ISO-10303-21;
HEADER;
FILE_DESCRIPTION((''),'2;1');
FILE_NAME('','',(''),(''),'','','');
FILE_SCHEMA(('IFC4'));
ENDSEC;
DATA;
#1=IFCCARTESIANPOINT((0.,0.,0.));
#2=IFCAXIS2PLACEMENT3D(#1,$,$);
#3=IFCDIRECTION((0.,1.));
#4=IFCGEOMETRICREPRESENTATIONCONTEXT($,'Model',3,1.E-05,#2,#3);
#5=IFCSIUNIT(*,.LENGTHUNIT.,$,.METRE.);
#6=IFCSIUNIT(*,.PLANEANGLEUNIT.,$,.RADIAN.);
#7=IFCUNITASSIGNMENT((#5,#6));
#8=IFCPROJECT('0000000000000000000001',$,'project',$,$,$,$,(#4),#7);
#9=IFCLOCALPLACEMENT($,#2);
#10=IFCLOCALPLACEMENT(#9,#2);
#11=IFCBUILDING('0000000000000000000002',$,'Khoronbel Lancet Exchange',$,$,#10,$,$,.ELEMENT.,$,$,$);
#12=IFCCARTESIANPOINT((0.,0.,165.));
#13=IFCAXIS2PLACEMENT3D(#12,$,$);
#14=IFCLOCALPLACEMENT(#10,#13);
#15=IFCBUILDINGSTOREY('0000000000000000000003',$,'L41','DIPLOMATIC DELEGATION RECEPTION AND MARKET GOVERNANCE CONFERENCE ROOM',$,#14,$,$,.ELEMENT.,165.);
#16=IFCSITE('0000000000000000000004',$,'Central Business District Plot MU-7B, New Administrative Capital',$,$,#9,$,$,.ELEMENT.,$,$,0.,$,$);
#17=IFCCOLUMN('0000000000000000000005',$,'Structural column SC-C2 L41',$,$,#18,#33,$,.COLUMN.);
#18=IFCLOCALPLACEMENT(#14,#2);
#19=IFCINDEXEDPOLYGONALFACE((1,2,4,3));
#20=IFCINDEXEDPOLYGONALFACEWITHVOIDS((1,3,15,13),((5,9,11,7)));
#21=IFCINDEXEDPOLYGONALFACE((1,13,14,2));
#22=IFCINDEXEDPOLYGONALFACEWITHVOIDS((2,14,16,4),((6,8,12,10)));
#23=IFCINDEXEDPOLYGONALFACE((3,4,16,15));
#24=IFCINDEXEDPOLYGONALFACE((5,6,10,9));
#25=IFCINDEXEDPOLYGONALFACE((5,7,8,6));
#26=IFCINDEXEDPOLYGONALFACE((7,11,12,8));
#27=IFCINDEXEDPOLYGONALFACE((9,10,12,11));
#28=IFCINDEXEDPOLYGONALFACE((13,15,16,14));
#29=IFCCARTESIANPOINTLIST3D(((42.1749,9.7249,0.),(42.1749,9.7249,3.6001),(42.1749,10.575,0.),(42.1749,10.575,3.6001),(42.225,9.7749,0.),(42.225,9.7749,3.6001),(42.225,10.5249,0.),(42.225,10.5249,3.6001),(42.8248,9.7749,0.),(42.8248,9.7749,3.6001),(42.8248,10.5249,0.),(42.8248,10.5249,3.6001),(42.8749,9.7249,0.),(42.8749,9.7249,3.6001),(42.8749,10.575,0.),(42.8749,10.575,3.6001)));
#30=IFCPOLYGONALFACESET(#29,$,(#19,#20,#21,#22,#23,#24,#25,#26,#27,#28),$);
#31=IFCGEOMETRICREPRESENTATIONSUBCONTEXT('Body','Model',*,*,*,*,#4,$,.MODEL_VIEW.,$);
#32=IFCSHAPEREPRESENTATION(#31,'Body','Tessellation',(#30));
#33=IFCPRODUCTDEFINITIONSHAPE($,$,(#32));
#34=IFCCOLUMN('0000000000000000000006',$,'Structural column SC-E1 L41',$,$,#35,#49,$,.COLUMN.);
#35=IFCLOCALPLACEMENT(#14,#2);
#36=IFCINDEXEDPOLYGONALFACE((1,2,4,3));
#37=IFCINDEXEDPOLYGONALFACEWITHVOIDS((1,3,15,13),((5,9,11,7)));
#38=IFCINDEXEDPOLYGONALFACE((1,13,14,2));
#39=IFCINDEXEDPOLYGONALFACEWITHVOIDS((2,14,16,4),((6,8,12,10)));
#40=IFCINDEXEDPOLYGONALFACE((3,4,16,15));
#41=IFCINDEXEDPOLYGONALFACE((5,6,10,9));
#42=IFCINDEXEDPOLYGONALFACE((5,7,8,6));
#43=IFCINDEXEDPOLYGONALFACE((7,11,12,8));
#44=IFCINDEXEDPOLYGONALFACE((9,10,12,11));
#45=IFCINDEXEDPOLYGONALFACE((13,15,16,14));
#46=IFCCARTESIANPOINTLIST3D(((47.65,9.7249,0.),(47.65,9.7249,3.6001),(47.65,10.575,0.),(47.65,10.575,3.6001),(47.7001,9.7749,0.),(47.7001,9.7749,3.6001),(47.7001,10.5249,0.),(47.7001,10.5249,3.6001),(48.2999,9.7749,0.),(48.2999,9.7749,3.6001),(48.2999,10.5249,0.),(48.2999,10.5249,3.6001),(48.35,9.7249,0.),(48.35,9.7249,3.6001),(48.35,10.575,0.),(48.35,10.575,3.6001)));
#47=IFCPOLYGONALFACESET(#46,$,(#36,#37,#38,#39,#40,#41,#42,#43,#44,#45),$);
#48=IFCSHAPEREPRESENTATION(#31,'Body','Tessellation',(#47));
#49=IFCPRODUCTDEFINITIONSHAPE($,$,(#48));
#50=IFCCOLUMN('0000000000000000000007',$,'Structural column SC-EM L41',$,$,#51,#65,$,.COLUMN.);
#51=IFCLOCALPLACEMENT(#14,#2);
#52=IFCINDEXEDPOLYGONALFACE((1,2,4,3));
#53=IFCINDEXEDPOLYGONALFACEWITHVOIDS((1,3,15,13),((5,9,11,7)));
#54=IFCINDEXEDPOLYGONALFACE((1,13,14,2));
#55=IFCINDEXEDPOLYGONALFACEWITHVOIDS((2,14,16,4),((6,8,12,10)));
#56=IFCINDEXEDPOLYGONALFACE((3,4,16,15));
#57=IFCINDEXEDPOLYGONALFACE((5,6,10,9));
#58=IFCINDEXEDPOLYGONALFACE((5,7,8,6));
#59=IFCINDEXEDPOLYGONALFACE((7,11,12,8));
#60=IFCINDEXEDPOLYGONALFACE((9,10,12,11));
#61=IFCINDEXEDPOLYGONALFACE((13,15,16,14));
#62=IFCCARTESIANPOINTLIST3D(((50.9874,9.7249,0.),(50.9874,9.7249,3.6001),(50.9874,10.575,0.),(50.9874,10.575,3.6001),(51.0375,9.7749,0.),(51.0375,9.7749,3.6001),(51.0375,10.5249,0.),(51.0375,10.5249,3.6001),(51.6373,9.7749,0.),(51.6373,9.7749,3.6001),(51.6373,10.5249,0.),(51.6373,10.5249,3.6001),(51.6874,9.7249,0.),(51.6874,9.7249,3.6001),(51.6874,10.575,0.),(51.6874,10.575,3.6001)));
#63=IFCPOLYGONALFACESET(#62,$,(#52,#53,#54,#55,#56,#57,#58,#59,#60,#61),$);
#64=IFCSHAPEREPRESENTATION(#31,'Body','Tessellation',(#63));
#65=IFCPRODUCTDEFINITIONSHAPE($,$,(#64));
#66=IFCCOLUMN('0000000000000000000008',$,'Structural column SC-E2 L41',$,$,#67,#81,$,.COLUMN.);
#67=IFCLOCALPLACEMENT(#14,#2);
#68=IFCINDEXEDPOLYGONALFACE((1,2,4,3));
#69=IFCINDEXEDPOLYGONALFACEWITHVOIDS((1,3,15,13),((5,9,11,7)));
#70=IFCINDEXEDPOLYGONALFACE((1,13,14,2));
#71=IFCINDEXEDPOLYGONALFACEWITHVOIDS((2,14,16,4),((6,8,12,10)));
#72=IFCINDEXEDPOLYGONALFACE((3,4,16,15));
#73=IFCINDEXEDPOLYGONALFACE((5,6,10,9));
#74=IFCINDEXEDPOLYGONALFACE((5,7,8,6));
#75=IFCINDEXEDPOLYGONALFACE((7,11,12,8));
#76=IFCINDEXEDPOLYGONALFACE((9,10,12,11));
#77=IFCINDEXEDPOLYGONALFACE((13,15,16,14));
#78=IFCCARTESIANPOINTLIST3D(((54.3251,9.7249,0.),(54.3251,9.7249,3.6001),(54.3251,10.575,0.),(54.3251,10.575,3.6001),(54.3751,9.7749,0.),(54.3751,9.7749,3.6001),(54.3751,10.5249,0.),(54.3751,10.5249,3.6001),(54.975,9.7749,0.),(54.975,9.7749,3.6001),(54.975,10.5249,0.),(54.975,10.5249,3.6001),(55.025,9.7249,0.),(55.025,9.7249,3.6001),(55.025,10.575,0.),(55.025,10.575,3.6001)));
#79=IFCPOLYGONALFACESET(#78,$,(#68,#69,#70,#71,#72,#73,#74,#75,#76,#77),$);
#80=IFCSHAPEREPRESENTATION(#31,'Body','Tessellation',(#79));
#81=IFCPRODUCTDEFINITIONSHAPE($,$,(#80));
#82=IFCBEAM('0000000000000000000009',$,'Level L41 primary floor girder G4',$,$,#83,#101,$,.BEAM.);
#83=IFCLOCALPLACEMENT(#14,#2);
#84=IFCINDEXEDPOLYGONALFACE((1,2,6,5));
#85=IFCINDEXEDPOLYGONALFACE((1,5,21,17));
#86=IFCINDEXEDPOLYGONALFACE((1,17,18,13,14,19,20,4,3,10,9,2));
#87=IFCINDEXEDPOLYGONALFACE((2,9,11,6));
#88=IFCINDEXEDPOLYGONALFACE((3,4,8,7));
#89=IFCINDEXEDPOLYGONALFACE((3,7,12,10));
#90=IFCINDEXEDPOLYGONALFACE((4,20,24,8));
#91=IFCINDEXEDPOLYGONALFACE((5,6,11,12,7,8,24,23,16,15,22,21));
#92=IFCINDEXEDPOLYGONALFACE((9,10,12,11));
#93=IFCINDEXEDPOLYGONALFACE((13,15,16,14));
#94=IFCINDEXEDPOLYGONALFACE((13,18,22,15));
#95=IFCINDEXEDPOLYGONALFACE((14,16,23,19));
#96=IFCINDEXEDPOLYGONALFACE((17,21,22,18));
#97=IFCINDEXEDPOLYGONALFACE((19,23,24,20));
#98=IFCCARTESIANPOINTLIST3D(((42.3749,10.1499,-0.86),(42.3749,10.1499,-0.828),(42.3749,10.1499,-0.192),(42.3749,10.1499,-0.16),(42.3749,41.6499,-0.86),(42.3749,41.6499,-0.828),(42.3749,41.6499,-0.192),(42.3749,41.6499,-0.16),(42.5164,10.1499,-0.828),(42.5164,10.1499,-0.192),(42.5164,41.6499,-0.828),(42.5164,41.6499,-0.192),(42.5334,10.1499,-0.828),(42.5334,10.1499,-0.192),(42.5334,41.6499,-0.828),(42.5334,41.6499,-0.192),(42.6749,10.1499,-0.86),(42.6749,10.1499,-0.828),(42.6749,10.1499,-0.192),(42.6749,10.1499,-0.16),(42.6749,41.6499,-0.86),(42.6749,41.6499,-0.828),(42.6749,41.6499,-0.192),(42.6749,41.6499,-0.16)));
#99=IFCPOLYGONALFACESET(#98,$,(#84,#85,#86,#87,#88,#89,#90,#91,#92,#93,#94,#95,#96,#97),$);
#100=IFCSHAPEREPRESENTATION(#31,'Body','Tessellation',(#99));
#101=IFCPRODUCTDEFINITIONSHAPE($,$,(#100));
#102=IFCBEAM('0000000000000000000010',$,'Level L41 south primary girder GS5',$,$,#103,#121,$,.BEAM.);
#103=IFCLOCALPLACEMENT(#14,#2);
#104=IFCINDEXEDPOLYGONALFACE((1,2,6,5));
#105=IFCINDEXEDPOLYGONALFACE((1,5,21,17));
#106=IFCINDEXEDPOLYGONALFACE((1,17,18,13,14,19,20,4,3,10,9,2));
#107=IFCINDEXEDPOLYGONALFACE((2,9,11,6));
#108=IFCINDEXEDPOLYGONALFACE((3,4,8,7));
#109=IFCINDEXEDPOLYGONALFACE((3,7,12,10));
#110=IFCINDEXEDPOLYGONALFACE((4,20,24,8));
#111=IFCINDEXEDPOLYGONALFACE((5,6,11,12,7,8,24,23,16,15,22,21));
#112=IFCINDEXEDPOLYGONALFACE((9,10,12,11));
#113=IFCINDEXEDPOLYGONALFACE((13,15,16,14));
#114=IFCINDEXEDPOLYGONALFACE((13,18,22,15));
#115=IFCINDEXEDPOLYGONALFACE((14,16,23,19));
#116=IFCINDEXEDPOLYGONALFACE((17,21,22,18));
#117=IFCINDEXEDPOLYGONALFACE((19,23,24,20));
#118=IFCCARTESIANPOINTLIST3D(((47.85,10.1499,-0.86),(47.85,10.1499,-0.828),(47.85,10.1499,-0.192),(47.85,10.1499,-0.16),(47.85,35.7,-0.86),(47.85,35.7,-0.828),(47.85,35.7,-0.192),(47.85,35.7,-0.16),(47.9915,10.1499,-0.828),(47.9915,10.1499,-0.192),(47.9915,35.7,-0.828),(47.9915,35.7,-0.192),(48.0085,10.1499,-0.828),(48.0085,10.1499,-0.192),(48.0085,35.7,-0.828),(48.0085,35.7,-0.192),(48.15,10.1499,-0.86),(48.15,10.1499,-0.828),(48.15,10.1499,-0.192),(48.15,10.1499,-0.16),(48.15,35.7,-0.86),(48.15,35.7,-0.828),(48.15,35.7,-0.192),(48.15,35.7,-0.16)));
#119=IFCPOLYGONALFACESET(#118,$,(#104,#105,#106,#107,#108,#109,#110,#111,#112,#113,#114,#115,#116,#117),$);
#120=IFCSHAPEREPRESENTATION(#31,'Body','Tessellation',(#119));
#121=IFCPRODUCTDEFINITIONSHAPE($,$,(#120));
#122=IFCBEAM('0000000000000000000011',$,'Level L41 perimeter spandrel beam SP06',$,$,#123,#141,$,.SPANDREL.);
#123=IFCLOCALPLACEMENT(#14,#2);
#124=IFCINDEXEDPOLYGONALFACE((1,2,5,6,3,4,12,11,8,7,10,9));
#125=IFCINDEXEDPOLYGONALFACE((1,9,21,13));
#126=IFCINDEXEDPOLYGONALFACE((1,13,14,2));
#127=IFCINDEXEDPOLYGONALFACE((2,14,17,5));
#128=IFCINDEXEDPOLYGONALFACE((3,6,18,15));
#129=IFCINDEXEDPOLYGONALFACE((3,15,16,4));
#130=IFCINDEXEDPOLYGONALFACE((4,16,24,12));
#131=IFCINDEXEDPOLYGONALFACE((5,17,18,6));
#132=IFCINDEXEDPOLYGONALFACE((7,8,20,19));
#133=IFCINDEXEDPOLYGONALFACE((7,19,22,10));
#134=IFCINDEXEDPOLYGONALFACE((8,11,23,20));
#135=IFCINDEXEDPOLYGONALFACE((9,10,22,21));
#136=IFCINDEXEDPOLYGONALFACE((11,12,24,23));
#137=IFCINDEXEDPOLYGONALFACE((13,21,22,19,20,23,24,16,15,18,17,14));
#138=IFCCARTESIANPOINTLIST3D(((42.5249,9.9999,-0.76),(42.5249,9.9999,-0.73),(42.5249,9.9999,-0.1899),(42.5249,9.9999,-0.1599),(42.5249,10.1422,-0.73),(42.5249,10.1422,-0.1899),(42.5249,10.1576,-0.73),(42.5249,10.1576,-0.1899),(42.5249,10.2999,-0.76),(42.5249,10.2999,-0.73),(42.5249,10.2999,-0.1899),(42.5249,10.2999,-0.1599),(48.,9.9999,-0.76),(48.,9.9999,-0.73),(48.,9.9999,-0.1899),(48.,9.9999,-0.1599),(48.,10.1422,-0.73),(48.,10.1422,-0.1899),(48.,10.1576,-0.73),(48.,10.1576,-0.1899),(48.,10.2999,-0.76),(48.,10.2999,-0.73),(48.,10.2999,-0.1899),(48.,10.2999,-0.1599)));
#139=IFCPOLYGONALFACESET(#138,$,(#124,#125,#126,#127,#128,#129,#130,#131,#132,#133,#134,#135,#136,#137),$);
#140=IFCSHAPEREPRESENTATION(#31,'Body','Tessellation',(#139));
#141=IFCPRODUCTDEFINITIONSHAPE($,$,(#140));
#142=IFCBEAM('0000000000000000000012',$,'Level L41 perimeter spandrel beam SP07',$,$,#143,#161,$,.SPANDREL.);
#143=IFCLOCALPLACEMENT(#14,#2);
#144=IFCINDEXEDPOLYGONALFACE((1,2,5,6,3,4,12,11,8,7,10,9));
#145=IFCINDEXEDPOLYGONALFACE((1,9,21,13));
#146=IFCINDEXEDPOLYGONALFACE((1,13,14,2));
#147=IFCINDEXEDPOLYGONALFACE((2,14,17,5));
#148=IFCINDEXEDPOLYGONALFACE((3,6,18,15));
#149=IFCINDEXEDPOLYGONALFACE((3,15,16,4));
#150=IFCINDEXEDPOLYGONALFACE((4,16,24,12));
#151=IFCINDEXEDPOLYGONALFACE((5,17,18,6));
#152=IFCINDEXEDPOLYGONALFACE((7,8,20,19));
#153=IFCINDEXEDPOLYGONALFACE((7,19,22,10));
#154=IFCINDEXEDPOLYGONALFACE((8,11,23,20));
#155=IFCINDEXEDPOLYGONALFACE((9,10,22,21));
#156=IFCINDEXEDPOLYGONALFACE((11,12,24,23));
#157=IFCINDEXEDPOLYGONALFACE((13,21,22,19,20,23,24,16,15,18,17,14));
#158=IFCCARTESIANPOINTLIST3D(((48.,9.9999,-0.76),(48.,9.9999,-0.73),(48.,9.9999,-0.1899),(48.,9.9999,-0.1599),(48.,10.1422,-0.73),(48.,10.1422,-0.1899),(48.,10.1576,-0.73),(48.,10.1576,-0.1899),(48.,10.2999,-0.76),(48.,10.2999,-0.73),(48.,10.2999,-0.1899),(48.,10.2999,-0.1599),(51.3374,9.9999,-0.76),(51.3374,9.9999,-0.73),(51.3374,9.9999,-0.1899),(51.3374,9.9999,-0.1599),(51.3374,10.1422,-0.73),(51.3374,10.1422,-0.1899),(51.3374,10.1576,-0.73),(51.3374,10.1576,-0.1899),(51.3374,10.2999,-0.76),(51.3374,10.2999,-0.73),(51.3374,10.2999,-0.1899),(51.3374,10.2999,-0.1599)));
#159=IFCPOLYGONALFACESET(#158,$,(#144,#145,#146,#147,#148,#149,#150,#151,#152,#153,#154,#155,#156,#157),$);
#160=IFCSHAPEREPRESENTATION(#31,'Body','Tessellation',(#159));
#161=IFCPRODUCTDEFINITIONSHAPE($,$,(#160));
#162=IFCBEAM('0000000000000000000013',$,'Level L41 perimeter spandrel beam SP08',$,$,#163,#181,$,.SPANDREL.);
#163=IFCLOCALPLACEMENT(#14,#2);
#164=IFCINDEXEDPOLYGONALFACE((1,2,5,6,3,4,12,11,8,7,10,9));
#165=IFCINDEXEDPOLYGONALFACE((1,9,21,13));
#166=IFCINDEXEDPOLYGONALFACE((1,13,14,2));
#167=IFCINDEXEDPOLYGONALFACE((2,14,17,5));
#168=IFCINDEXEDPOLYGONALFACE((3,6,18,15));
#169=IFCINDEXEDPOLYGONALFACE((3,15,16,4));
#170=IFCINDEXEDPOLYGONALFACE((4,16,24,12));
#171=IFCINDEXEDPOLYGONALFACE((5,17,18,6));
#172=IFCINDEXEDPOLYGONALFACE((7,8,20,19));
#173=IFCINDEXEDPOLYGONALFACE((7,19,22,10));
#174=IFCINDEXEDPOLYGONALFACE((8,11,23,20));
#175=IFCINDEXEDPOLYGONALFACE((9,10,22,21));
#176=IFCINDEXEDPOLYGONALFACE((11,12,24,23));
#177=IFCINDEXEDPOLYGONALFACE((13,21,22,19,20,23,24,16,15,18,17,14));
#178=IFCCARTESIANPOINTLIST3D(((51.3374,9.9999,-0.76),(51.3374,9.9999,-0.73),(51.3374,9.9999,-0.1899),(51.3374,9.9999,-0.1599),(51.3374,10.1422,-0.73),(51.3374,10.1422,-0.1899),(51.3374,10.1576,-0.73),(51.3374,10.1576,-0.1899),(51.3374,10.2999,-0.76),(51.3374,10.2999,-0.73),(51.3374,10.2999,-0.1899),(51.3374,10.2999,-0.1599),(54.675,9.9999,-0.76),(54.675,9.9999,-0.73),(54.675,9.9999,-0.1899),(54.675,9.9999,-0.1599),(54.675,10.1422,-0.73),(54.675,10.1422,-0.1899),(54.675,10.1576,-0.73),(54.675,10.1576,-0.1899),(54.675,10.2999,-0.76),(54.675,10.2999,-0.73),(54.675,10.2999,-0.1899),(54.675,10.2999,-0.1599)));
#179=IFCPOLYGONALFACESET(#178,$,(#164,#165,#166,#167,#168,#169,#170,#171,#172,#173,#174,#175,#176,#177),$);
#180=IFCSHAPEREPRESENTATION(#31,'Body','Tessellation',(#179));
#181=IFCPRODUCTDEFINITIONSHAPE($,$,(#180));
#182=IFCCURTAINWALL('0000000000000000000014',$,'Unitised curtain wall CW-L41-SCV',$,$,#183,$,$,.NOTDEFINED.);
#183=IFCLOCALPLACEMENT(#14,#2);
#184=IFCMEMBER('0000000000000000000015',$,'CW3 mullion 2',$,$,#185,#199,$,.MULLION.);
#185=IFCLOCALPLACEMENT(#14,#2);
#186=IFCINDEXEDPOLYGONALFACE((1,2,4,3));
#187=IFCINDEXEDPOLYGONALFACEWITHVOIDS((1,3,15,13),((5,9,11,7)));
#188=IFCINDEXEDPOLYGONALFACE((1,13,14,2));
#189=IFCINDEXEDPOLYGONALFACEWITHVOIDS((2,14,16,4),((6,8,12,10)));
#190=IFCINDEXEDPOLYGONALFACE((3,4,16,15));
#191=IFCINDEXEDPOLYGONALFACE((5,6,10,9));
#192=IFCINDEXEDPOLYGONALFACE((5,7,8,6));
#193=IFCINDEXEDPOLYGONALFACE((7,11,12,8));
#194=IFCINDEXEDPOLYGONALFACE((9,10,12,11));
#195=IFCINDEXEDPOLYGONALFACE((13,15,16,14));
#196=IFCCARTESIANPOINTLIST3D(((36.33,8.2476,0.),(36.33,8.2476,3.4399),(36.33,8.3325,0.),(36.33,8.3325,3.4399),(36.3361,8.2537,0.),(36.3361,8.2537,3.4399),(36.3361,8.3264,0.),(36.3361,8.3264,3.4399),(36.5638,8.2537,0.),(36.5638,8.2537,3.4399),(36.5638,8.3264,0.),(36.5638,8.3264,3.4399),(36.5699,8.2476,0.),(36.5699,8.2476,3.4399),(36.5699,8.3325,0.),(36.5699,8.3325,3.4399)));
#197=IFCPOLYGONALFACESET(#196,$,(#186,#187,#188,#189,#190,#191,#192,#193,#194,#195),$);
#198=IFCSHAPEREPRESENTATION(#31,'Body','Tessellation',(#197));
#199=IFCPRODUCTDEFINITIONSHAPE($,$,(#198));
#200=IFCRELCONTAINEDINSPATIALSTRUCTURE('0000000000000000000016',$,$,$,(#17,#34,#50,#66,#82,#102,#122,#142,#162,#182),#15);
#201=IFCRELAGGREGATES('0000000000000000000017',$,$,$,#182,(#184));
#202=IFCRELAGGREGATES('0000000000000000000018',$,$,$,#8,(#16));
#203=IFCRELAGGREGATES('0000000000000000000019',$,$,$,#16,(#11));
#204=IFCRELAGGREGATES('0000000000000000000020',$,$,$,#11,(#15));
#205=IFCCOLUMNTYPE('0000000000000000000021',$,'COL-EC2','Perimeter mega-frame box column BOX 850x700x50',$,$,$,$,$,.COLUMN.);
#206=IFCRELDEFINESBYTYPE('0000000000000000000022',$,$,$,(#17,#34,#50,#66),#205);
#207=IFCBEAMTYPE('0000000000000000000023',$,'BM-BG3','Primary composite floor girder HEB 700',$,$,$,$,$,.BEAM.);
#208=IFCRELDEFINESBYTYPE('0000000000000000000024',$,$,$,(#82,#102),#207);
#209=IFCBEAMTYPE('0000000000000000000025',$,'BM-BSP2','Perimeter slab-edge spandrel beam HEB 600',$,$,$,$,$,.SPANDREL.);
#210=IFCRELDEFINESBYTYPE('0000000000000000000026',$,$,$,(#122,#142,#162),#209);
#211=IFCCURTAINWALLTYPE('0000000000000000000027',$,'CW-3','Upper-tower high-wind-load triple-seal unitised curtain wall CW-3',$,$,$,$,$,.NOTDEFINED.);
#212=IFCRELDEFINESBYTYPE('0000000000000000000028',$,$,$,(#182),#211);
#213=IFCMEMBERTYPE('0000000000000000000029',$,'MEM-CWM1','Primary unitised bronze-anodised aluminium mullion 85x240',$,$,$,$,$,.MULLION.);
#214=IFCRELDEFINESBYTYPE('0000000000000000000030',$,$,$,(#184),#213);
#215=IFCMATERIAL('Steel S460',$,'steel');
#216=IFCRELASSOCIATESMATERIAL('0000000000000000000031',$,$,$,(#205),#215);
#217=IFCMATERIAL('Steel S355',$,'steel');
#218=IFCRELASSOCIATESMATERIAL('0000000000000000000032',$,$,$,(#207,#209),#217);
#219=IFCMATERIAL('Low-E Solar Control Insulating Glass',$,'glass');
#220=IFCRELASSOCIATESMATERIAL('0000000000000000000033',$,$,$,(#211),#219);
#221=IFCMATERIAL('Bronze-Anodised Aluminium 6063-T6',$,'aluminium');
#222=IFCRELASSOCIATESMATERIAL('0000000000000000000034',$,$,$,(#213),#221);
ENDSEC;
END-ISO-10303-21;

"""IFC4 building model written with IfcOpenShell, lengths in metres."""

from ifc_helpers import new_model, si_unit, direction, frame, origin, origin_2d, place, context, subcontext, project, spatial, hollow_rectangle, i_section, extrude, material, material_profile, profile_set, type_object, element, aggregate, save


model = new_model("IFC4")

# Units and contexts
model_context = context("Model", 3, precision=1e-05, world=origin(), true_north=direction((0.0, 1.0)))
body_context = subcontext(model_context, "Body", "Model", "MODEL_VIEW")
ifc_project = project(units=[si_unit("LENGTHUNIT", "METRE"), si_unit("PLANEANGLEUNIT", "RADIAN")], contexts=[model_context])

# Site, building, storey
site_placement = place(None, origin())
site = spatial("IfcSite", under=ifc_project, at=site_placement, Name="Central Business District Plot MU-7B, New Administrative Capital", CompositionType="ELEMENT", RefElevation=0.0)
building_placement = place(site_placement, origin())
building = spatial("IfcBuilding", under=site, at=building_placement, Name="Khoronbel Lancet Exchange", CompositionType="ELEMENT")
storey_placement = place(building_placement, frame((0.0, 0.0, 165.0)))
storey = spatial("IfcBuildingStorey", under=building, at=storey_placement, Name="L41", Description="DIPLOMATIC DELEGATION RECEPTION AND MARKET GOVERNANCE CONFERENCE ROOM", CompositionType="ELEMENT", Elevation=165.0)

# Columns
ifc_material_1 = material(Name="Steel S460", Category="steel")
ifc_material_profile_1 = material_profile(ifc_material_1, hollow_rectangle(XDim=0.7, YDim=0.8501, WallThickness=0.05, at=origin_2d()), Name="BOX 850x700x50")
ifc_profile_set_1 = profile_set([ifc_material_profile_1], Name="Steel S460")
column_type = type_object("IfcColumnType", Name="COL-EC2", Description="Perimeter mega-frame box column BOX 850x700x50", PredefinedType="COLUMN", material=ifc_profile_set_1)
for number, where, z_axis, x_axis, name in (
    (1, (42.5249, 10.1499, 0.0), (0.0, 0.0, 1.0), (1.0, 0.0, 0.0), "Structural column SC-C2 L41"),
    (2, (48.0, 10.1499, 0.0), (0.0, 0.0, 1.0), (1.0, 0.0, 0.0), "Structural column SC-E1 L41"),
    (3, (51.3374, 10.1499, 0.0), (0.0, 0.0, 1.0), (1.0, 0.0, 0.0), "Structural column SC-EM L41"),
    (4, (54.675, 10.1499, 0.0), (0.0, 0.0, 1.0), (1.0, 0.0, 0.0), "Structural column SC-E2 L41"),
):
    element("IfcColumn", number, at=place(storey_placement, frame(where, z_axis=z_axis, x_axis=x_axis)), inside=storey, type_object=column_type, Name=name, PredefinedType="COLUMN", context=body_context, shape_type="SweptSolid", body=[
        extrude(hollow_rectangle(XDim=0.7, YDim=0.8501, WallThickness=0.05, at=origin_2d()), origin(), (0.0, 0.0, 1.0), 3.6001),
    ])

# Beams
ifc_material_2 = material(Name="Steel S355", Category="steel")
ifc_material_profile_2 = material_profile(ifc_material_2, i_section(OverallWidth=0.3, OverallDepth=0.7, WebThickness=0.0171, FlangeThickness=0.032, at=origin_2d()), Name="HEB 700")
ifc_profile_set_2 = profile_set([ifc_material_profile_2], Name="Steel S355")
beam_type_1 = type_object("IfcBeamType", Name="BM-BG3", Description="Primary composite floor girder HEB 700", PredefinedType="BEAM", material=ifc_profile_set_2)
beam_1_placement = place(storey_placement, frame((42.5249, 10.1499, -0.51), z_axis=(0.0, 1.0, 0.0), x_axis=(-1.0, 0.0, 0.0)))
element("IfcBeam", 5, at=beam_1_placement, inside=storey, type_object=beam_type_1, Name="Level L41 primary floor girder G4", PredefinedType="BEAM", context=body_context, shape_type="SweptSolid", body=[
    extrude(i_section(OverallWidth=0.3, OverallDepth=0.7, WebThickness=0.0171, FlangeThickness=0.032, at=origin_2d()), origin(), (0.0, 0.0, 1.0), 31.5),
])
beam_2_placement = place(storey_placement, frame((48.0, 10.1499, -0.51), z_axis=(0.0, 1.0, 0.0), x_axis=(-1.0, 0.0, 0.0)))
element("IfcBeam", 6, at=beam_2_placement, inside=storey, type_object=beam_type_1, Name="Level L41 south primary girder GS5", PredefinedType="BEAM", context=body_context, shape_type="SweptSolid", body=[
    extrude(i_section(OverallWidth=0.3, OverallDepth=0.7, WebThickness=0.0171, FlangeThickness=0.032, at=origin_2d()), origin(), (0.0, 0.0, 1.0), 25.55),
])
ifc_material_profile_3 = material_profile(ifc_material_2, i_section(OverallWidth=0.3, OverallDepth=0.6001, WebThickness=0.0154, FlangeThickness=0.03, at=origin_2d()), Name="HEB 600")
ifc_profile_set_3 = profile_set([ifc_material_profile_3], Name="Steel S355")
beam_type_2 = type_object("IfcBeamType", Name="BM-BSP2", Description="Perimeter slab-edge spandrel beam HEB 600", PredefinedType="SPANDREL", material=ifc_profile_set_3)
beam_3_placement = place(storey_placement, frame((42.5249, 10.1499, -0.46), z_axis=(1.0, 0.0, 0.0), x_axis=(0.0, 1.0, 0.0)))
element("IfcBeam", 7, at=beam_3_placement, inside=storey, type_object=beam_type_2, Name="Level L41 perimeter spandrel beam SP06", PredefinedType="SPANDREL", context=body_context, shape_type="SweptSolid", body=[
    extrude(i_section(OverallWidth=0.3, OverallDepth=0.6001, WebThickness=0.0154, FlangeThickness=0.03, at=origin_2d()), origin(), (0.0, 0.0, 1.0), 5.4751),
])
beam_4_placement = place(storey_placement, frame((48.0, 10.1499, -0.46), z_axis=(1.0, 0.0, 0.0), x_axis=(0.0, 1.0, 0.0)))
element("IfcBeam", 8, at=beam_4_placement, inside=storey, type_object=beam_type_2, Name="Level L41 perimeter spandrel beam SP07", PredefinedType="SPANDREL", context=body_context, shape_type="SweptSolid", body=[
    extrude(i_section(OverallWidth=0.3, OverallDepth=0.6001, WebThickness=0.0154, FlangeThickness=0.03, at=origin_2d()), origin(), (0.0, 0.0, 1.0), 3.3374),
])
beam_5_placement = place(storey_placement, frame((51.3374, 10.1499, -0.46), z_axis=(1.0, 0.0, 0.0), x_axis=(0.0, 1.0, 0.0)))
element("IfcBeam", 9, at=beam_5_placement, inside=storey, type_object=beam_type_2, Name="Level L41 perimeter spandrel beam SP08", PredefinedType="SPANDREL", context=body_context, shape_type="SweptSolid", body=[
    extrude(i_section(OverallWidth=0.3, OverallDepth=0.6001, WebThickness=0.0154, FlangeThickness=0.03, at=origin_2d()), origin(), (0.0, 0.0, 1.0), 3.3376),
])

# Curtain wall, member
ifc_material_3 = material(Name="Low-E Solar Control Insulating Glass", Category="glass")
curtain_wall_type = type_object("IfcCurtainWallType", Name="CW-3", Description="Upper-tower high-wind-load triple-seal unitised curtain wall CW-3", PredefinedType="NOTDEFINED", material=ifc_material_3)
curtain_wall_1_placement = place(storey_placement, origin())
curtain_wall_1 = element("IfcCurtainWall", 10, at=curtain_wall_1_placement, inside=storey, type_object=curtain_wall_type, Name="Unitised curtain wall CW-L41-SCV", PredefinedType="NOTDEFINED")
ifc_material_4 = material(Name="Bronze-Anodised Aluminium 6063-T6", Category="aluminium")
ifc_material_profile_4 = material_profile(ifc_material_4, hollow_rectangle(XDim=0.085, YDim=0.24, WallThickness=0.0061, at=origin_2d()), Name="ALU MULLION 85x240")
ifc_profile_set_4 = profile_set([ifc_material_profile_4], Name="Bronze-Anodised Aluminium 6063-T6")
member_type_1 = type_object("IfcMemberType", Name="MEM-CWM1", Description="Primary unitised bronze-anodised aluminium mullion 85x240", PredefinedType="MULLION", material=ifc_profile_set_4)
member_1_placement = place(storey_placement, frame((36.45, 8.29, 0.0), z_axis=(0.0, 0.0, 1.0), x_axis=(0.0, 1.0, 0.0)))
member_1 = element("IfcMember", 11, at=member_1_placement, type_object=member_type_1, Name="CW3 mullion 2", PredefinedType="MULLION", context=body_context, shape_type="SweptSolid", body=[
    extrude(hollow_rectangle(XDim=0.085, YDim=0.24, WallThickness=0.0061, at=origin_2d()), origin(), (0.0, 0.0, 1.0), 3.4399),
])

aggregate(curtain_wall_1, [member_1])

save(model, "model.ifc")
